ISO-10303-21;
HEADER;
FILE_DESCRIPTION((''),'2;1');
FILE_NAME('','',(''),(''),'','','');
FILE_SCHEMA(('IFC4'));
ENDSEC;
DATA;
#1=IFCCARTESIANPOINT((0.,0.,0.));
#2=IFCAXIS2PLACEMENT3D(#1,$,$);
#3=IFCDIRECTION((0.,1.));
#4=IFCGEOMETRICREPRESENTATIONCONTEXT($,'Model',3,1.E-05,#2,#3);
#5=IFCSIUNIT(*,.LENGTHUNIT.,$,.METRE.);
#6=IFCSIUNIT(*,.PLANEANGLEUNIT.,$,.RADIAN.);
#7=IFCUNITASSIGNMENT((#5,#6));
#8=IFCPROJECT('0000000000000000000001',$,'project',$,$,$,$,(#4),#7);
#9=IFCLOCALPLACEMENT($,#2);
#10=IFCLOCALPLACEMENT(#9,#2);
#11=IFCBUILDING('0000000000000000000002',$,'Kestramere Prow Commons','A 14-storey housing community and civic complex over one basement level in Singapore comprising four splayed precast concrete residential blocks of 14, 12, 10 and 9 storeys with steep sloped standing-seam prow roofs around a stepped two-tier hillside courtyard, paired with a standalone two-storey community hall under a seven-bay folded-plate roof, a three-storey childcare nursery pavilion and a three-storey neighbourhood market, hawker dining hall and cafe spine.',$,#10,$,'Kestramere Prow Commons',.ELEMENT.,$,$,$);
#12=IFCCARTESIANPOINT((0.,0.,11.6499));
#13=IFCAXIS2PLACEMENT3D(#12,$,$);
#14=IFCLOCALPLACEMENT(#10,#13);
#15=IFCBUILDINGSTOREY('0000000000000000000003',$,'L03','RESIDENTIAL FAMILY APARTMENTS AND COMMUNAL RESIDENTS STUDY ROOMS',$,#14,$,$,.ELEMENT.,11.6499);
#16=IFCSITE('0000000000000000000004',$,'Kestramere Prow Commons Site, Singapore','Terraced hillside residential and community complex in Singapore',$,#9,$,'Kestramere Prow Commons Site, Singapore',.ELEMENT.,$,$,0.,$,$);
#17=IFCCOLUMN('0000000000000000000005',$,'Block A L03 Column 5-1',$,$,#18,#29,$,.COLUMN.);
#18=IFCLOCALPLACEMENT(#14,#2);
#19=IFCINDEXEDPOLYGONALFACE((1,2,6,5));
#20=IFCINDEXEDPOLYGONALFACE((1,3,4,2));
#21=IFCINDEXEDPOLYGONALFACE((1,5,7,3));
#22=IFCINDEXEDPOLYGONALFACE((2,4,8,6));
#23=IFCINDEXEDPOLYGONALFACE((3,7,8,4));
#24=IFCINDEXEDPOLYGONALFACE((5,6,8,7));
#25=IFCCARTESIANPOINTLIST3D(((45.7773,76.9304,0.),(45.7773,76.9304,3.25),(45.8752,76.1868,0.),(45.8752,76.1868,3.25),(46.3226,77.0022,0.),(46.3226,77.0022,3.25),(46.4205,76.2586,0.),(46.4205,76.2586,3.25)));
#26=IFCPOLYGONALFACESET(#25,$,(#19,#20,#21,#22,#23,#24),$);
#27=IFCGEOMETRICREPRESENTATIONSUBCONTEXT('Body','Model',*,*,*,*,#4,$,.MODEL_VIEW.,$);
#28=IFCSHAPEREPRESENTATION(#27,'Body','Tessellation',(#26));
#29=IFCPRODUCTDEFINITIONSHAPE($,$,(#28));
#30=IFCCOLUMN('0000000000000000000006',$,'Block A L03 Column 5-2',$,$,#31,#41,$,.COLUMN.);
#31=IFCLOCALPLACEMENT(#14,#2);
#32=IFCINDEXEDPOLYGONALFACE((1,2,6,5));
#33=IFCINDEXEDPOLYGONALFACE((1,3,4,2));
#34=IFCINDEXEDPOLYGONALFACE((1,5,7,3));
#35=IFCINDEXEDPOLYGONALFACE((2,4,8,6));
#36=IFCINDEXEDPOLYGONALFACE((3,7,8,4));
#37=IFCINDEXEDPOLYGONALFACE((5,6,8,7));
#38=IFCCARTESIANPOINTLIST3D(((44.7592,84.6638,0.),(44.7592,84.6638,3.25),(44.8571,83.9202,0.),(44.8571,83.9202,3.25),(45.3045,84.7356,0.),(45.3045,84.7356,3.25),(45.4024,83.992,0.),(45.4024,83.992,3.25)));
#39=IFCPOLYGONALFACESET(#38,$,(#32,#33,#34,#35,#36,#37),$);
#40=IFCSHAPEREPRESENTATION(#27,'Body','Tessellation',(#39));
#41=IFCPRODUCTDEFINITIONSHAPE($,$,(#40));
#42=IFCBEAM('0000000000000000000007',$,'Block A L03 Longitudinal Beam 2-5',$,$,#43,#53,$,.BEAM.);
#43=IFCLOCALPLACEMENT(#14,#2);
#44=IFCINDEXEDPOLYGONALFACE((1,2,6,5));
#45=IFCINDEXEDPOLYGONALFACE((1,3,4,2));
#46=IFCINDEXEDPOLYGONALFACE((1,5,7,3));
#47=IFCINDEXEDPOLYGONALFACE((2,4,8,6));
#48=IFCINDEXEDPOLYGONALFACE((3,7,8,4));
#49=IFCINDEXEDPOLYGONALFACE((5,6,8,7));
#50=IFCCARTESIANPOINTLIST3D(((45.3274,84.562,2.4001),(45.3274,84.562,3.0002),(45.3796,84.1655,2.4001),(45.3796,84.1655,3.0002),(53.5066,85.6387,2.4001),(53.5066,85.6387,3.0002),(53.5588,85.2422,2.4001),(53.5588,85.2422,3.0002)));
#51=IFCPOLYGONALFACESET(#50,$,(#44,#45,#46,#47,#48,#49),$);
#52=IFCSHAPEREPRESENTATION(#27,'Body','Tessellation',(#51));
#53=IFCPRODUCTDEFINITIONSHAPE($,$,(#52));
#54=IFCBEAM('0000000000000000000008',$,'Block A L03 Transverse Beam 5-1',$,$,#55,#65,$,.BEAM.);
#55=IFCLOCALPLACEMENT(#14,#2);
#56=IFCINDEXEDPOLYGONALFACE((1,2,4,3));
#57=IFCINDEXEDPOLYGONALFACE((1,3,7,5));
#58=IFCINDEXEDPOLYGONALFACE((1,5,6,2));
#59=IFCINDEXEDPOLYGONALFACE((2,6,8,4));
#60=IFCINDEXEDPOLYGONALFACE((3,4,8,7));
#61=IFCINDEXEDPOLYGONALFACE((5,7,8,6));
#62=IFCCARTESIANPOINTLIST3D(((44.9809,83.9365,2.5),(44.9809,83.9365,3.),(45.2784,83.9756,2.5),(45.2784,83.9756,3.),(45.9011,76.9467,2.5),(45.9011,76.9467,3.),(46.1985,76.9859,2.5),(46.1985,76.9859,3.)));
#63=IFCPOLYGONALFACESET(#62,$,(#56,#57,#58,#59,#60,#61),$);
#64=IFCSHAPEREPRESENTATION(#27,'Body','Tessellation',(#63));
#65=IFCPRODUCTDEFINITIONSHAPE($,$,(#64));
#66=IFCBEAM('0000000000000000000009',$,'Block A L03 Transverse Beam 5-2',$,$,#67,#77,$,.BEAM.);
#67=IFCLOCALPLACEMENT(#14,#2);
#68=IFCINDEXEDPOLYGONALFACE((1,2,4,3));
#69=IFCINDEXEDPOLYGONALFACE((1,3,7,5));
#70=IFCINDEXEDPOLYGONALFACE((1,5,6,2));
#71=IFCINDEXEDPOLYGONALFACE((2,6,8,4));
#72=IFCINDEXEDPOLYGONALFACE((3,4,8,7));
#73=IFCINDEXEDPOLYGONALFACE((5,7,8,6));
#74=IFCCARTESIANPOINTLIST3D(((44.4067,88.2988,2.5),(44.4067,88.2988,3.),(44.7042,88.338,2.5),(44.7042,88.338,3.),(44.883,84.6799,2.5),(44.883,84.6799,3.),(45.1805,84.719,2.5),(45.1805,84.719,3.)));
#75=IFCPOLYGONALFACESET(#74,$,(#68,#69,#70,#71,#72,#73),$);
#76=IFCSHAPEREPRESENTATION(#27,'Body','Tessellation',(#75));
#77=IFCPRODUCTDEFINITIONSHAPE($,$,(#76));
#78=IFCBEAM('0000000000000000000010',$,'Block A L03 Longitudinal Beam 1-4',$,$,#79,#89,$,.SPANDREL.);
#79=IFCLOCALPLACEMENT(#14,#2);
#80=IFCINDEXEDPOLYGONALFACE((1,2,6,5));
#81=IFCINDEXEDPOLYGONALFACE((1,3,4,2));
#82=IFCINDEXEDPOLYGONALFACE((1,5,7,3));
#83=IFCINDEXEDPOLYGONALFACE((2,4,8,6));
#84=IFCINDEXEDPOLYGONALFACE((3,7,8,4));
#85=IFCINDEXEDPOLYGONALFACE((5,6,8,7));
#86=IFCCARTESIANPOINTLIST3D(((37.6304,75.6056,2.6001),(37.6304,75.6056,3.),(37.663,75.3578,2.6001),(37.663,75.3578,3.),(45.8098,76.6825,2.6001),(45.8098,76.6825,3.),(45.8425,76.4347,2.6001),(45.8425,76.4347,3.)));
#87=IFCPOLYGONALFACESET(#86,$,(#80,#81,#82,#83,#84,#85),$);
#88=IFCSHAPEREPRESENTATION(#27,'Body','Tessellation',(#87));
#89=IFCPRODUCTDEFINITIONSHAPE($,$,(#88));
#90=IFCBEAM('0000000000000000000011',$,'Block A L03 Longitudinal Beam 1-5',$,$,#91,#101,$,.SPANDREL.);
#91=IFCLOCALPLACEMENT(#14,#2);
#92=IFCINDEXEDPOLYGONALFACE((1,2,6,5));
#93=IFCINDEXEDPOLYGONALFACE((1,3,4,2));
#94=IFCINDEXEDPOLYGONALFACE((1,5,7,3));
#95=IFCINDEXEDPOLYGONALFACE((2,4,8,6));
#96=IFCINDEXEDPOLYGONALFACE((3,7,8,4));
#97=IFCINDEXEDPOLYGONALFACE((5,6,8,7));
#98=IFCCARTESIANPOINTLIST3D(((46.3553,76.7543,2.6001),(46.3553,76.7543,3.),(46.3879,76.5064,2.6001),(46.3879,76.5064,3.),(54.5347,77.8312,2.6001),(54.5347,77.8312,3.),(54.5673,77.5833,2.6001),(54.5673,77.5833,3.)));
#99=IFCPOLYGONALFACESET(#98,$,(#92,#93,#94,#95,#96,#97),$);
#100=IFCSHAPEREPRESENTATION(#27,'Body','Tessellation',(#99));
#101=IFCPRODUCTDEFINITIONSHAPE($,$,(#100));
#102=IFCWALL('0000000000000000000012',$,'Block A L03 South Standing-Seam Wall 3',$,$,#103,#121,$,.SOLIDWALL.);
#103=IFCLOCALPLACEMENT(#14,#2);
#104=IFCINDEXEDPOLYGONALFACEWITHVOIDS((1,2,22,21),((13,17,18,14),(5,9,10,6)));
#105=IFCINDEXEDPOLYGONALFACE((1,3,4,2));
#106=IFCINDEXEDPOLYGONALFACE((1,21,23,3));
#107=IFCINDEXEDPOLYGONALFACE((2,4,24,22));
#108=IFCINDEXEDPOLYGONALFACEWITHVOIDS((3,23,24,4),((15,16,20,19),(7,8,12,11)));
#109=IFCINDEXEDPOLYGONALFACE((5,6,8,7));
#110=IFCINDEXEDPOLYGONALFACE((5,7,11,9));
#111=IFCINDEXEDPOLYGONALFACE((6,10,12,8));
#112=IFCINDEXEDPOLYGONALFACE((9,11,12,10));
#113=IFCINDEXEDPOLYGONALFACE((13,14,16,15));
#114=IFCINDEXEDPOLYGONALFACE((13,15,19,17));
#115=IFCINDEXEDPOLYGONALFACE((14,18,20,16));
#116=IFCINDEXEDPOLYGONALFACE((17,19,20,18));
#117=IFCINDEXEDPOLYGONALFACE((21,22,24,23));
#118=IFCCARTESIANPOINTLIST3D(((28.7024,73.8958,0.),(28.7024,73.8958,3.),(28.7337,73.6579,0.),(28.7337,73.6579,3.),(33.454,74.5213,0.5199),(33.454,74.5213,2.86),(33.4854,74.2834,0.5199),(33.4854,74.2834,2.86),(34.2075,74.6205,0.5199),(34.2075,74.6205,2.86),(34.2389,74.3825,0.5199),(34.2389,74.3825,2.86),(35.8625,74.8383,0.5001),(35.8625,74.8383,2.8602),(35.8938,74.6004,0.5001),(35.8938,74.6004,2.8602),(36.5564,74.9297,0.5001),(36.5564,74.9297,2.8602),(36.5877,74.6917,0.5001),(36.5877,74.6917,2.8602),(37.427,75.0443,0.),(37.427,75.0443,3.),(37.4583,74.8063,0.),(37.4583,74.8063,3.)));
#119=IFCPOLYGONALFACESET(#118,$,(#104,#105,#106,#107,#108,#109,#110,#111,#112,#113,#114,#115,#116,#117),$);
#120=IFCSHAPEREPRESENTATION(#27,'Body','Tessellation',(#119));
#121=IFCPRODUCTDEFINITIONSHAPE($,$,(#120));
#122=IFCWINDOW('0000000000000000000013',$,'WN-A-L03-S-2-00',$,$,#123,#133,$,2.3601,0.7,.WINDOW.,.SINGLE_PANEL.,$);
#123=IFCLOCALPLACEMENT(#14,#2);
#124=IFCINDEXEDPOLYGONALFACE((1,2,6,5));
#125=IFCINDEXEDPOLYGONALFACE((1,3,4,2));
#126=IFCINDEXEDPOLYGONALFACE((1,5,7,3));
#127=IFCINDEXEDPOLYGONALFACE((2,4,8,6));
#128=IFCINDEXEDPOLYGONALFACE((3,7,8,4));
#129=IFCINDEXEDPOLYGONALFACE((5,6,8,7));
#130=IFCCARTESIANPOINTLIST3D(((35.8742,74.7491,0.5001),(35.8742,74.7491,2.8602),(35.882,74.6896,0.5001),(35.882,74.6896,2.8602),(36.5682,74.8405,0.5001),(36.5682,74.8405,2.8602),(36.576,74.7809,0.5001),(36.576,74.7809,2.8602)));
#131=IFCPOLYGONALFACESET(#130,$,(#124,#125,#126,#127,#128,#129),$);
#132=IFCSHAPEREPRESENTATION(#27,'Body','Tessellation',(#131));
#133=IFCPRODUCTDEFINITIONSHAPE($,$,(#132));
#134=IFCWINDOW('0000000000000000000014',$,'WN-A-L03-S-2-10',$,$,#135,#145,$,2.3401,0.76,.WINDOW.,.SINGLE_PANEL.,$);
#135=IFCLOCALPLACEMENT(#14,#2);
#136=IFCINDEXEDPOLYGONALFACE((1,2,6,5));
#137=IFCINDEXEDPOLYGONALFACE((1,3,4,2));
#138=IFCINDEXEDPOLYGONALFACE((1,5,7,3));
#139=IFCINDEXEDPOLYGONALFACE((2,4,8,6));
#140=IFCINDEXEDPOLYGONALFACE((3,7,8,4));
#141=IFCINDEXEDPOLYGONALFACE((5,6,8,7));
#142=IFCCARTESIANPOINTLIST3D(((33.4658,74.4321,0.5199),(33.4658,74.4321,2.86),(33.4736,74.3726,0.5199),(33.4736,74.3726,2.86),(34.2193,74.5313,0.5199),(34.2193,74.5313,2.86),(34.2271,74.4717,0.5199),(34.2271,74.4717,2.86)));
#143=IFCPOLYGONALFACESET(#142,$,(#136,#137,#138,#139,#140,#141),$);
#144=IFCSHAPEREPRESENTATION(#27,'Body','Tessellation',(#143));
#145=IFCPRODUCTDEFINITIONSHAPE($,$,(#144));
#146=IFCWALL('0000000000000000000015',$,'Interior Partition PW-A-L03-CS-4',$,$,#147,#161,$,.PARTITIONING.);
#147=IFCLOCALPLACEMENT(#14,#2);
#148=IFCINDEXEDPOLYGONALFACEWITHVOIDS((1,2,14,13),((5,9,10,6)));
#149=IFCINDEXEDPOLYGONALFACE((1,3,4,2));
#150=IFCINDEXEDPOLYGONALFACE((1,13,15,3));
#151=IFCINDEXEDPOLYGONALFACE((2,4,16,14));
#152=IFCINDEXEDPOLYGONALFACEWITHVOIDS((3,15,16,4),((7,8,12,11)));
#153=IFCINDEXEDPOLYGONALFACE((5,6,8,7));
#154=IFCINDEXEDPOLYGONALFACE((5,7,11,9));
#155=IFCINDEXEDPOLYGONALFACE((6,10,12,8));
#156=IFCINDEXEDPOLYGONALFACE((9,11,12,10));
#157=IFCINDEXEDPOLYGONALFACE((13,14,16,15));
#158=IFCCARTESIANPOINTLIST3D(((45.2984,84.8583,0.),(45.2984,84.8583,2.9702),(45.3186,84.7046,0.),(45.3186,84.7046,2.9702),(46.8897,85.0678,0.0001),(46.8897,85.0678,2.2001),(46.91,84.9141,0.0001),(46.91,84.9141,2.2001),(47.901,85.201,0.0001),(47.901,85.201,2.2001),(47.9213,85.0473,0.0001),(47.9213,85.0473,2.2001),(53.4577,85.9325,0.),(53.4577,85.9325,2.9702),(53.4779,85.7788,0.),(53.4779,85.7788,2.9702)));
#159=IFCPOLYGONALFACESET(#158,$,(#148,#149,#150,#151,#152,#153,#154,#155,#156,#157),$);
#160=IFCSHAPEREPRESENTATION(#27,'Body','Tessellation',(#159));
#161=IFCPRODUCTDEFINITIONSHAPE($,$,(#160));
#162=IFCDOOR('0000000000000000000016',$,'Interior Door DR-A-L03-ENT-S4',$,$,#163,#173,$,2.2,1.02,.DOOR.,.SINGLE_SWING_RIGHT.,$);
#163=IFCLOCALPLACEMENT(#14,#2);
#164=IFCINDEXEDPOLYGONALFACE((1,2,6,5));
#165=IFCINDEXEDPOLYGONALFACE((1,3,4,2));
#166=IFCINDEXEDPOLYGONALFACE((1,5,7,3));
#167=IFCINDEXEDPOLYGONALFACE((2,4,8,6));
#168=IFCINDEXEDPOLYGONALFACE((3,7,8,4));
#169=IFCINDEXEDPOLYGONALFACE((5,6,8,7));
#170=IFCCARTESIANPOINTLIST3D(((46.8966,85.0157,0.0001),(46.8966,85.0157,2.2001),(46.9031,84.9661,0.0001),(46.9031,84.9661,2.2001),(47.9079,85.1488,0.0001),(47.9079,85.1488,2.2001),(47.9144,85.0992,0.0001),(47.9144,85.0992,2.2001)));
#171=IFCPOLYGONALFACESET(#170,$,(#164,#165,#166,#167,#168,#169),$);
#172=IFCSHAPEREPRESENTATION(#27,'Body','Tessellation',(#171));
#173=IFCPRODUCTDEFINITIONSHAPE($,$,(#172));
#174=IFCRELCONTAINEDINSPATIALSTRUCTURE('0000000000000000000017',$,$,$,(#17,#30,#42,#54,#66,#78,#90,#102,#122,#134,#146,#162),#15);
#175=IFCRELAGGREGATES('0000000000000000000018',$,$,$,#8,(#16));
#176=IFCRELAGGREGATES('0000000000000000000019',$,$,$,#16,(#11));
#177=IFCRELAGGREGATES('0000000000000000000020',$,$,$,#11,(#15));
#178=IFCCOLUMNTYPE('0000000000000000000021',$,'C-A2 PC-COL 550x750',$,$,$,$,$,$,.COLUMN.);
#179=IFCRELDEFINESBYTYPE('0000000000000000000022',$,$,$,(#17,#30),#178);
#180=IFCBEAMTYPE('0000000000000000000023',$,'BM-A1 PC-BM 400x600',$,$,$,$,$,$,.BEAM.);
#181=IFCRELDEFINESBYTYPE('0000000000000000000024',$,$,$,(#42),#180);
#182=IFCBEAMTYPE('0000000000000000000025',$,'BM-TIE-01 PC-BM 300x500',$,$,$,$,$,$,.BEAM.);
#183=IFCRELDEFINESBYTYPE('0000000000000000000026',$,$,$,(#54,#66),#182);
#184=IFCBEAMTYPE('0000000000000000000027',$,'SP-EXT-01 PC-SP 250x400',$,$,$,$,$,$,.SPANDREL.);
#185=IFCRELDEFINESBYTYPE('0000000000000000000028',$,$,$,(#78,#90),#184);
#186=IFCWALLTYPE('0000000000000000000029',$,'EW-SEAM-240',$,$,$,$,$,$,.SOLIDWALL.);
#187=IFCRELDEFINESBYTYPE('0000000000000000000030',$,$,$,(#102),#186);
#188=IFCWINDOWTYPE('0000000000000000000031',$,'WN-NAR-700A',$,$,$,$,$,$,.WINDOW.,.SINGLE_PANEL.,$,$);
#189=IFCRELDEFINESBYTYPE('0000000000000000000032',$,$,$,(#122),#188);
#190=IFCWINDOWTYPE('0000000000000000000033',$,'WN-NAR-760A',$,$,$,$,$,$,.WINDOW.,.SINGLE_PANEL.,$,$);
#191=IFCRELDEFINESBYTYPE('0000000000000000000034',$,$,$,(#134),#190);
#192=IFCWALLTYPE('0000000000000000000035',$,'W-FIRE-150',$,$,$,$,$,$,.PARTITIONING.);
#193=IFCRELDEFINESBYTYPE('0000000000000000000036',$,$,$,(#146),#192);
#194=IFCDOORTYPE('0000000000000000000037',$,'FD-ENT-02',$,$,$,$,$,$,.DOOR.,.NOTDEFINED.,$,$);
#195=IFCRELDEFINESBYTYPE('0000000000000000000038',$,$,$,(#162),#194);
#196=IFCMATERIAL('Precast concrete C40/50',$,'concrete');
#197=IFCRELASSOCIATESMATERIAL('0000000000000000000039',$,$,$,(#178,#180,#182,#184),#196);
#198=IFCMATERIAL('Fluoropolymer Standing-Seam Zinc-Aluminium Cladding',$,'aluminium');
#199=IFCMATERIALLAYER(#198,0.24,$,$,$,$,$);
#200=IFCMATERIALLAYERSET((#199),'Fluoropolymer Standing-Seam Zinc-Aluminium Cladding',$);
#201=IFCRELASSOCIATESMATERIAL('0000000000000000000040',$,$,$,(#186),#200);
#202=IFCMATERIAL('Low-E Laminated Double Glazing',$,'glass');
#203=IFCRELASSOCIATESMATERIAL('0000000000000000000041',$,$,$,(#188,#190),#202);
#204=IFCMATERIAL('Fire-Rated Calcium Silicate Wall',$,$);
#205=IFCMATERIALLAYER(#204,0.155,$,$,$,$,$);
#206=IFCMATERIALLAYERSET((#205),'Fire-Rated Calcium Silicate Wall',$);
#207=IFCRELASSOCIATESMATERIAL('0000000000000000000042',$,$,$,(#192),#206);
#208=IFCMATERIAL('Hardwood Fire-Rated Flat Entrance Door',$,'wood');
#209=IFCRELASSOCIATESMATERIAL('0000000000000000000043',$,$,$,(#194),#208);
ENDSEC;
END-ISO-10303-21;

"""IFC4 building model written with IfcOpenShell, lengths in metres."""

from ifc_helpers import new_model, si_unit, direction, frame, frame_2d, origin, origin_2d, place, context, subcontext, project, spatial, rectangle, extrude, material, layer, layer_set, material_profile, profile_set, type_object, element, fill, save


model = new_model("IFC4")

# Units and contexts
model_context = context("Model", 3, precision=1e-05, world=origin(), true_north=direction((0.0, 1.0)))
body_context = subcontext(model_context, "Body", "Model", "MODEL_VIEW")
ifc_project = project(units=[si_unit("LENGTHUNIT", "METRE"), si_unit("PLANEANGLEUNIT", "RADIAN")], contexts=[model_context])

# Site, building, storey
site_placement = place(None, origin())
site = spatial("IfcSite", under=ifc_project, at=site_placement, Name="Kestramere Prow Commons Site, Singapore", Description="Terraced hillside residential and community complex in Singapore", LongName="Kestramere Prow Commons Site, Singapore", CompositionType="ELEMENT", RefElevation=0.0)
building_placement = place(site_placement, origin())
building = spatial("IfcBuilding", under=site, at=building_placement, Name="Kestramere Prow Commons", Description="A 14-storey housing community and civic complex over one basement level in Singapore comprising four splayed precast concrete residential blocks of 14, 12, 10 and 9 storeys with steep sloped standing-seam prow roofs around a stepped two-tier hillside courtyard, paired with a standalone two-storey community hall under a seven-bay folded-plate roof, a three-storey childcare nursery pavilion and a three-storey neighbourhood market, hawker dining hall and cafe spine.", LongName="Kestramere Prow Commons", CompositionType="ELEMENT")
storey_placement = place(building_placement, frame((0.0, 0.0, 11.6499)))
storey = spatial("IfcBuildingStorey", under=building, at=storey_placement, Name="L03", Description="RESIDENTIAL FAMILY APARTMENTS AND COMMUNAL RESIDENTS STUDY ROOMS", CompositionType="ELEMENT", Elevation=11.6499)

# Columns
ifc_material_1 = material(Name="Precast concrete C40/50", Category="concrete")
ifc_material_profile_1 = material_profile(ifc_material_1, rectangle(XDim=0.55, YDim=0.75, at=origin_2d()), Name="PC-COL 550x750")
ifc_profile_set_1 = profile_set([ifc_material_profile_1], Name="Precast concrete C40/50")
column_type = type_object("IfcColumnType", Name="C-A2 PC-COL 550x750", PredefinedType="COLUMN", material=ifc_profile_set_1)
for number, where, z_axis, x_axis, name in (
    (1, (46.0989, 76.5945, 0.0), (0.0, 0.0, 1.0), (0.991445, 0.130526, 0.0), "Block A L03 Column 5-1"),
    (2, (45.0808, 84.3279, 0.0), (0.0, 0.0, 1.0), (0.991445, 0.130526, 0.0), "Block A L03 Column 5-2"),
):
    element("IfcColumn", number, at=place(storey_placement, frame(where, z_axis=z_axis, x_axis=x_axis)), inside=storey, type_object=column_type, Name=name, PredefinedType="COLUMN", context=body_context, shape_type="SweptSolid", body=[
        extrude(rectangle(XDim=0.55, YDim=0.75, at=origin_2d()), origin(), (0.0, 0.0, 1.0), 3.25),
    ])

# Beams
ifc_material_profile_2 = material_profile(ifc_material_1, rectangle(XDim=0.3999, YDim=0.6001, at=origin_2d()), Name="PC-BM 400x600")
ifc_profile_set_2 = profile_set([ifc_material_profile_2], Name="Precast concrete C40/50")
beam_type_1 = type_object("IfcBeamType", Name="BM-A1 PC-BM 400x600", PredefinedType="BEAM", material=ifc_profile_set_2)
beam_1_placement = place(storey_placement, frame((45.3535, 84.3638, 2.7002), z_axis=(0.991447, 0.130508, 0.0), x_axis=(-0.130508, 0.991447, 0.0)))
element("IfcBeam", 3, at=beam_1_placement, inside=storey, type_object=beam_type_1, Name="Block A L03 Longitudinal Beam 2-5", PredefinedType="BEAM", context=body_context, shape_type="SweptSolid", body=[
    extrude(rectangle(XDim=0.3999, YDim=0.6001, at=origin_2d()), origin(), (0.0, 0.0, 1.0), 8.2498),
])
ifc_material_profile_3 = material_profile(ifc_material_1, rectangle(XDim=0.3, YDim=0.5, at=origin_2d()), Name="PC-BM 300x500")
ifc_profile_set_3 = profile_set([ifc_material_profile_3], Name="Precast concrete C40/50")
beam_type_2 = type_object("IfcBeamType", Name="BM-TIE-01 PC-BM 300x500", PredefinedType="BEAM", material=ifc_profile_set_3)
beam_2_placement = place(storey_placement, frame((46.0498, 76.9663, 2.75), z_axis=(-0.130519, 0.991446, 0.0), x_axis=(-0.991446, -0.130519, 0.0)))
element("IfcBeam", 4, at=beam_2_placement, inside=storey, type_object=beam_type_2, Name="Block A L03 Transverse Beam 5-1", PredefinedType="BEAM", context=body_context, shape_type="SweptSolid", body=[
    extrude(rectangle(XDim=0.3, YDim=0.5, at=origin_2d()), origin(), (0.0, 0.0, 1.0), 7.05),
])
beam_3_placement = place(storey_placement, frame((45.0317, 84.6995, 2.75), z_axis=(-0.130494, 0.991449, 0.0), x_axis=(-0.991449, -0.130494, 0.0)))
element("IfcBeam", 5, at=beam_3_placement, inside=storey, type_object=beam_type_2, Name="Block A L03 Transverse Beam 5-2", PredefinedType="BEAM", context=body_context, shape_type="SweptSolid", body=[
    extrude(rectangle(XDim=0.3, YDim=0.5, at=origin_2d()), origin(), (0.0, 0.0, 1.0), 3.6501),
])
ifc_material_profile_4 = material_profile(ifc_material_1, rectangle(XDim=0.25, YDim=0.3999, at=origin_2d()), Name="PC-SP 250x400")
ifc_profile_set_4 = profile_set([ifc_material_profile_4], Name="Precast concrete C40/50")
beam_type_3 = type_object("IfcBeamType", Name="SP-EXT-01 PC-SP 250x400", PredefinedType="SPANDREL", material=ifc_profile_set_4)
for number, where, z_axis, x_axis, name in (
    (6, (37.6467, 75.4817, 2.8), (0.991444, 0.130533, 0.0), (-0.130533, 0.991444, 0.0), "Block A L03 Longitudinal Beam 1-4"),
    (7, (46.3716, 76.6304, 2.8), (0.991444, 0.130533, 0.0), (-0.130533, 0.991444, 0.0), "Block A L03 Longitudinal Beam 1-5"),
):
    element("IfcBeam", number, at=place(storey_placement, frame(where, z_axis=z_axis, x_axis=x_axis)), inside=storey, type_object=beam_type_3, Name=name, PredefinedType="SPANDREL", context=body_context, shape_type="SweptSolid", body=[
        extrude(rectangle(XDim=0.25, YDim=0.3999, at=origin_2d()), origin(), (0.0, 0.0, 1.0), 8.25),
    ])

# Wall, openings, windows
ifc_material_2 = material(Name="Fluoropolymer Standing-Seam Zinc-Aluminium Cladding", Category="aluminium")
ifc_layer_1 = layer(ifc_material_2, 0.24)
ifc_layer_set_1 = layer_set([ifc_layer_1], Name="Fluoropolymer Standing-Seam Zinc-Aluminium Cladding")
wall_type_1 = type_object("IfcWallType", Name="EW-SEAM-240", PredefinedType="SOLIDWALL", material=ifc_layer_set_1)
wall_1_placement = place(storey_placement, frame((37.4426, 74.9253, 0.0), z_axis=(0.0, 0.0, 1.0), x_axis=(-0.991447, -0.130506, 0.0)))
wall_1 = element("IfcWall", 8, at=wall_1_placement, inside=storey, type_object=wall_type_1, Name="Block A L03 South Standing-Seam Wall 3", PredefinedType="SOLIDWALL", context=body_context, shape_type="SweptSolid", body=[
    extrude(rectangle(XDim=8.7998, YDim=0.24, at=frame_2d((4.3999, 0.0))), origin(), (0.0, 0.0, 1.0), 3.0),
])
opening_1_placement = place(wall_1_placement, frame((0.8779, 0.0, 0.5)))
opening_1 = element("IfcOpeningElement", 9, at=opening_1_placement, cuts=wall_1, PredefinedType="OPENING", context=body_context, shape_type="SweptSolid", body=[
    extrude(rectangle(XDim=0.7, YDim=2.3601, at=frame_2d((0.3501, 1.1802))), frame((0.0, 0.135, 0.0), z_axis=(0.0, -1.0, 0.0), x_axis=(1.0, 0.0, 0.0)), (0.0, 0.0, 1.0), 0.27),
])
opening_2_placement = place(wall_1_placement, frame((3.2473, 0.0, 0.52)))
opening_2 = element("IfcOpeningElement", 10, at=opening_2_placement, cuts=wall_1, PredefinedType="OPENING", context=body_context, shape_type="SweptSolid", body=[
    extrude(rectangle(XDim=0.76, YDim=2.3401, at=frame_2d((0.3799, 1.1699))), frame((0.0, 0.135, 0.0), z_axis=(0.0, -1.0, 0.0), x_axis=(1.0, 0.0, 0.0)), (0.0, 0.0, 1.0), 0.27),
])
ifc_material_3 = material(Name="Low-E Laminated Double Glazing", Category="glass")
window_type_1 = type_object("IfcWindowType", Name="WN-NAR-700A", PartitioningType="SINGLE_PANEL", PredefinedType="WINDOW", material=ifc_material_3)
window_1_placement = place(opening_1_placement, origin())
window_1 = element("IfcWindow", 11, at=window_1_placement, inside=storey, type_object=window_type_1, Name="WN-A-L03-S-2-00", OverallHeight=2.3601, OverallWidth=0.7, PartitioningType="SINGLE_PANEL", PredefinedType="WINDOW", context=body_context, shape_type="SweptSolid", body=[
    extrude(rectangle(XDim=0.7, YDim=2.3601, at=frame_2d((0.3501, 1.1802))), frame((0.0, 0.03, 0.0), z_axis=(0.0, -1.0, 0.0), x_axis=(1.0, 0.0, 0.0)), (0.0, 0.0, 1.0), 0.0601),
])
fill(opening_1, window_1)
window_type_2 = type_object("IfcWindowType", Name="WN-NAR-760A", PartitioningType="SINGLE_PANEL", PredefinedType="WINDOW", material=ifc_material_3)
window_2_placement = place(opening_2_placement, origin())
window_2 = element("IfcWindow", 12, at=window_2_placement, inside=storey, type_object=window_type_2, Name="WN-A-L03-S-2-10", OverallHeight=2.3401, OverallWidth=0.76, PartitioningType="SINGLE_PANEL", PredefinedType="WINDOW", context=body_context, shape_type="SweptSolid", body=[
    extrude(rectangle(XDim=0.76, YDim=2.3401, at=frame_2d((0.3799, 1.1699))), frame((0.0, 0.03, 0.0), z_axis=(0.0, -1.0, 0.0), x_axis=(1.0, 0.0, 0.0)), (0.0, 0.0, 1.0), 0.0601),
])
fill(opening_2, window_2)

# Wall, opening, door
ifc_material_4 = material(Name="Fire-Rated Calcium Silicate Wall")
ifc_layer_2 = layer(ifc_material_4, 0.155)
ifc_layer_set_2 = layer_set([ifc_layer_2], Name="Fire-Rated Calcium Silicate Wall")
wall_type_2 = type_object("IfcWallType", Name="W-FIRE-150", PredefinedType="PARTITIONING", material=ifc_layer_set_2)
wall_2_placement = place(storey_placement, frame((45.3086, 84.7815, 0.0), z_axis=(0.0, 0.0, 1.0), x_axis=(0.991445, 0.130527, 0.0)))
wall_2 = element("IfcWall", 13, at=wall_2_placement, inside=storey, type_object=wall_type_2, Name="Interior Partition PW-A-L03-CS-4", PredefinedType="PARTITIONING", context=body_context, shape_type="SweptSolid", body=[
    extrude(rectangle(XDim=8.2297, YDim=0.155, at=frame_2d((4.1147, 0.0))), origin(), (0.0, 0.0, 1.0), 2.9702),
])
opening_3_placement = place(wall_2_placement, frame((1.605, 0.0, 0.0)))
opening_3 = element("IfcOpeningElement", 14, at=opening_3_placement, cuts=wall_2, PredefinedType="OPENING", context=body_context, shape_type="SweptSolid", body=[
    extrude(rectangle(XDim=1.02, YDim=2.2, at=frame_2d((0.51, 1.1001))), frame((0.0, 0.0925, 0.0), z_axis=(0.0, -1.0, 0.0), x_axis=(1.0, 0.0, 0.0)), (0.0, 0.0, 1.0), 0.1851),
])
ifc_material_5 = material(Name="Hardwood Fire-Rated Flat Entrance Door", Category="wood")
door_type_1 = type_object("IfcDoorType", Name="FD-ENT-02", OperationType="NOTDEFINED", PredefinedType="DOOR", material=ifc_material_5)
door_1_placement = place(opening_3_placement, origin())
door_1 = element("IfcDoor", 15, at=door_1_placement, inside=storey, type_object=door_type_1, Name="Interior Door DR-A-L03-ENT-S4", OperationType="SINGLE_SWING_RIGHT", OverallHeight=2.2, OverallWidth=1.02, PredefinedType="DOOR", context=body_context, shape_type="SweptSolid", body=[
    extrude(rectangle(XDim=1.02, YDim=2.2, at=frame_2d((0.51, 1.1001))), frame((0.0, 0.0249, 0.0), z_axis=(0.0, -1.0, 0.0), x_axis=(1.0, 0.0, 0.0)), (0.0, 0.0, 1.0), 0.05),
])
fill(opening_3, door_1)

save(model, "model.ifc")
